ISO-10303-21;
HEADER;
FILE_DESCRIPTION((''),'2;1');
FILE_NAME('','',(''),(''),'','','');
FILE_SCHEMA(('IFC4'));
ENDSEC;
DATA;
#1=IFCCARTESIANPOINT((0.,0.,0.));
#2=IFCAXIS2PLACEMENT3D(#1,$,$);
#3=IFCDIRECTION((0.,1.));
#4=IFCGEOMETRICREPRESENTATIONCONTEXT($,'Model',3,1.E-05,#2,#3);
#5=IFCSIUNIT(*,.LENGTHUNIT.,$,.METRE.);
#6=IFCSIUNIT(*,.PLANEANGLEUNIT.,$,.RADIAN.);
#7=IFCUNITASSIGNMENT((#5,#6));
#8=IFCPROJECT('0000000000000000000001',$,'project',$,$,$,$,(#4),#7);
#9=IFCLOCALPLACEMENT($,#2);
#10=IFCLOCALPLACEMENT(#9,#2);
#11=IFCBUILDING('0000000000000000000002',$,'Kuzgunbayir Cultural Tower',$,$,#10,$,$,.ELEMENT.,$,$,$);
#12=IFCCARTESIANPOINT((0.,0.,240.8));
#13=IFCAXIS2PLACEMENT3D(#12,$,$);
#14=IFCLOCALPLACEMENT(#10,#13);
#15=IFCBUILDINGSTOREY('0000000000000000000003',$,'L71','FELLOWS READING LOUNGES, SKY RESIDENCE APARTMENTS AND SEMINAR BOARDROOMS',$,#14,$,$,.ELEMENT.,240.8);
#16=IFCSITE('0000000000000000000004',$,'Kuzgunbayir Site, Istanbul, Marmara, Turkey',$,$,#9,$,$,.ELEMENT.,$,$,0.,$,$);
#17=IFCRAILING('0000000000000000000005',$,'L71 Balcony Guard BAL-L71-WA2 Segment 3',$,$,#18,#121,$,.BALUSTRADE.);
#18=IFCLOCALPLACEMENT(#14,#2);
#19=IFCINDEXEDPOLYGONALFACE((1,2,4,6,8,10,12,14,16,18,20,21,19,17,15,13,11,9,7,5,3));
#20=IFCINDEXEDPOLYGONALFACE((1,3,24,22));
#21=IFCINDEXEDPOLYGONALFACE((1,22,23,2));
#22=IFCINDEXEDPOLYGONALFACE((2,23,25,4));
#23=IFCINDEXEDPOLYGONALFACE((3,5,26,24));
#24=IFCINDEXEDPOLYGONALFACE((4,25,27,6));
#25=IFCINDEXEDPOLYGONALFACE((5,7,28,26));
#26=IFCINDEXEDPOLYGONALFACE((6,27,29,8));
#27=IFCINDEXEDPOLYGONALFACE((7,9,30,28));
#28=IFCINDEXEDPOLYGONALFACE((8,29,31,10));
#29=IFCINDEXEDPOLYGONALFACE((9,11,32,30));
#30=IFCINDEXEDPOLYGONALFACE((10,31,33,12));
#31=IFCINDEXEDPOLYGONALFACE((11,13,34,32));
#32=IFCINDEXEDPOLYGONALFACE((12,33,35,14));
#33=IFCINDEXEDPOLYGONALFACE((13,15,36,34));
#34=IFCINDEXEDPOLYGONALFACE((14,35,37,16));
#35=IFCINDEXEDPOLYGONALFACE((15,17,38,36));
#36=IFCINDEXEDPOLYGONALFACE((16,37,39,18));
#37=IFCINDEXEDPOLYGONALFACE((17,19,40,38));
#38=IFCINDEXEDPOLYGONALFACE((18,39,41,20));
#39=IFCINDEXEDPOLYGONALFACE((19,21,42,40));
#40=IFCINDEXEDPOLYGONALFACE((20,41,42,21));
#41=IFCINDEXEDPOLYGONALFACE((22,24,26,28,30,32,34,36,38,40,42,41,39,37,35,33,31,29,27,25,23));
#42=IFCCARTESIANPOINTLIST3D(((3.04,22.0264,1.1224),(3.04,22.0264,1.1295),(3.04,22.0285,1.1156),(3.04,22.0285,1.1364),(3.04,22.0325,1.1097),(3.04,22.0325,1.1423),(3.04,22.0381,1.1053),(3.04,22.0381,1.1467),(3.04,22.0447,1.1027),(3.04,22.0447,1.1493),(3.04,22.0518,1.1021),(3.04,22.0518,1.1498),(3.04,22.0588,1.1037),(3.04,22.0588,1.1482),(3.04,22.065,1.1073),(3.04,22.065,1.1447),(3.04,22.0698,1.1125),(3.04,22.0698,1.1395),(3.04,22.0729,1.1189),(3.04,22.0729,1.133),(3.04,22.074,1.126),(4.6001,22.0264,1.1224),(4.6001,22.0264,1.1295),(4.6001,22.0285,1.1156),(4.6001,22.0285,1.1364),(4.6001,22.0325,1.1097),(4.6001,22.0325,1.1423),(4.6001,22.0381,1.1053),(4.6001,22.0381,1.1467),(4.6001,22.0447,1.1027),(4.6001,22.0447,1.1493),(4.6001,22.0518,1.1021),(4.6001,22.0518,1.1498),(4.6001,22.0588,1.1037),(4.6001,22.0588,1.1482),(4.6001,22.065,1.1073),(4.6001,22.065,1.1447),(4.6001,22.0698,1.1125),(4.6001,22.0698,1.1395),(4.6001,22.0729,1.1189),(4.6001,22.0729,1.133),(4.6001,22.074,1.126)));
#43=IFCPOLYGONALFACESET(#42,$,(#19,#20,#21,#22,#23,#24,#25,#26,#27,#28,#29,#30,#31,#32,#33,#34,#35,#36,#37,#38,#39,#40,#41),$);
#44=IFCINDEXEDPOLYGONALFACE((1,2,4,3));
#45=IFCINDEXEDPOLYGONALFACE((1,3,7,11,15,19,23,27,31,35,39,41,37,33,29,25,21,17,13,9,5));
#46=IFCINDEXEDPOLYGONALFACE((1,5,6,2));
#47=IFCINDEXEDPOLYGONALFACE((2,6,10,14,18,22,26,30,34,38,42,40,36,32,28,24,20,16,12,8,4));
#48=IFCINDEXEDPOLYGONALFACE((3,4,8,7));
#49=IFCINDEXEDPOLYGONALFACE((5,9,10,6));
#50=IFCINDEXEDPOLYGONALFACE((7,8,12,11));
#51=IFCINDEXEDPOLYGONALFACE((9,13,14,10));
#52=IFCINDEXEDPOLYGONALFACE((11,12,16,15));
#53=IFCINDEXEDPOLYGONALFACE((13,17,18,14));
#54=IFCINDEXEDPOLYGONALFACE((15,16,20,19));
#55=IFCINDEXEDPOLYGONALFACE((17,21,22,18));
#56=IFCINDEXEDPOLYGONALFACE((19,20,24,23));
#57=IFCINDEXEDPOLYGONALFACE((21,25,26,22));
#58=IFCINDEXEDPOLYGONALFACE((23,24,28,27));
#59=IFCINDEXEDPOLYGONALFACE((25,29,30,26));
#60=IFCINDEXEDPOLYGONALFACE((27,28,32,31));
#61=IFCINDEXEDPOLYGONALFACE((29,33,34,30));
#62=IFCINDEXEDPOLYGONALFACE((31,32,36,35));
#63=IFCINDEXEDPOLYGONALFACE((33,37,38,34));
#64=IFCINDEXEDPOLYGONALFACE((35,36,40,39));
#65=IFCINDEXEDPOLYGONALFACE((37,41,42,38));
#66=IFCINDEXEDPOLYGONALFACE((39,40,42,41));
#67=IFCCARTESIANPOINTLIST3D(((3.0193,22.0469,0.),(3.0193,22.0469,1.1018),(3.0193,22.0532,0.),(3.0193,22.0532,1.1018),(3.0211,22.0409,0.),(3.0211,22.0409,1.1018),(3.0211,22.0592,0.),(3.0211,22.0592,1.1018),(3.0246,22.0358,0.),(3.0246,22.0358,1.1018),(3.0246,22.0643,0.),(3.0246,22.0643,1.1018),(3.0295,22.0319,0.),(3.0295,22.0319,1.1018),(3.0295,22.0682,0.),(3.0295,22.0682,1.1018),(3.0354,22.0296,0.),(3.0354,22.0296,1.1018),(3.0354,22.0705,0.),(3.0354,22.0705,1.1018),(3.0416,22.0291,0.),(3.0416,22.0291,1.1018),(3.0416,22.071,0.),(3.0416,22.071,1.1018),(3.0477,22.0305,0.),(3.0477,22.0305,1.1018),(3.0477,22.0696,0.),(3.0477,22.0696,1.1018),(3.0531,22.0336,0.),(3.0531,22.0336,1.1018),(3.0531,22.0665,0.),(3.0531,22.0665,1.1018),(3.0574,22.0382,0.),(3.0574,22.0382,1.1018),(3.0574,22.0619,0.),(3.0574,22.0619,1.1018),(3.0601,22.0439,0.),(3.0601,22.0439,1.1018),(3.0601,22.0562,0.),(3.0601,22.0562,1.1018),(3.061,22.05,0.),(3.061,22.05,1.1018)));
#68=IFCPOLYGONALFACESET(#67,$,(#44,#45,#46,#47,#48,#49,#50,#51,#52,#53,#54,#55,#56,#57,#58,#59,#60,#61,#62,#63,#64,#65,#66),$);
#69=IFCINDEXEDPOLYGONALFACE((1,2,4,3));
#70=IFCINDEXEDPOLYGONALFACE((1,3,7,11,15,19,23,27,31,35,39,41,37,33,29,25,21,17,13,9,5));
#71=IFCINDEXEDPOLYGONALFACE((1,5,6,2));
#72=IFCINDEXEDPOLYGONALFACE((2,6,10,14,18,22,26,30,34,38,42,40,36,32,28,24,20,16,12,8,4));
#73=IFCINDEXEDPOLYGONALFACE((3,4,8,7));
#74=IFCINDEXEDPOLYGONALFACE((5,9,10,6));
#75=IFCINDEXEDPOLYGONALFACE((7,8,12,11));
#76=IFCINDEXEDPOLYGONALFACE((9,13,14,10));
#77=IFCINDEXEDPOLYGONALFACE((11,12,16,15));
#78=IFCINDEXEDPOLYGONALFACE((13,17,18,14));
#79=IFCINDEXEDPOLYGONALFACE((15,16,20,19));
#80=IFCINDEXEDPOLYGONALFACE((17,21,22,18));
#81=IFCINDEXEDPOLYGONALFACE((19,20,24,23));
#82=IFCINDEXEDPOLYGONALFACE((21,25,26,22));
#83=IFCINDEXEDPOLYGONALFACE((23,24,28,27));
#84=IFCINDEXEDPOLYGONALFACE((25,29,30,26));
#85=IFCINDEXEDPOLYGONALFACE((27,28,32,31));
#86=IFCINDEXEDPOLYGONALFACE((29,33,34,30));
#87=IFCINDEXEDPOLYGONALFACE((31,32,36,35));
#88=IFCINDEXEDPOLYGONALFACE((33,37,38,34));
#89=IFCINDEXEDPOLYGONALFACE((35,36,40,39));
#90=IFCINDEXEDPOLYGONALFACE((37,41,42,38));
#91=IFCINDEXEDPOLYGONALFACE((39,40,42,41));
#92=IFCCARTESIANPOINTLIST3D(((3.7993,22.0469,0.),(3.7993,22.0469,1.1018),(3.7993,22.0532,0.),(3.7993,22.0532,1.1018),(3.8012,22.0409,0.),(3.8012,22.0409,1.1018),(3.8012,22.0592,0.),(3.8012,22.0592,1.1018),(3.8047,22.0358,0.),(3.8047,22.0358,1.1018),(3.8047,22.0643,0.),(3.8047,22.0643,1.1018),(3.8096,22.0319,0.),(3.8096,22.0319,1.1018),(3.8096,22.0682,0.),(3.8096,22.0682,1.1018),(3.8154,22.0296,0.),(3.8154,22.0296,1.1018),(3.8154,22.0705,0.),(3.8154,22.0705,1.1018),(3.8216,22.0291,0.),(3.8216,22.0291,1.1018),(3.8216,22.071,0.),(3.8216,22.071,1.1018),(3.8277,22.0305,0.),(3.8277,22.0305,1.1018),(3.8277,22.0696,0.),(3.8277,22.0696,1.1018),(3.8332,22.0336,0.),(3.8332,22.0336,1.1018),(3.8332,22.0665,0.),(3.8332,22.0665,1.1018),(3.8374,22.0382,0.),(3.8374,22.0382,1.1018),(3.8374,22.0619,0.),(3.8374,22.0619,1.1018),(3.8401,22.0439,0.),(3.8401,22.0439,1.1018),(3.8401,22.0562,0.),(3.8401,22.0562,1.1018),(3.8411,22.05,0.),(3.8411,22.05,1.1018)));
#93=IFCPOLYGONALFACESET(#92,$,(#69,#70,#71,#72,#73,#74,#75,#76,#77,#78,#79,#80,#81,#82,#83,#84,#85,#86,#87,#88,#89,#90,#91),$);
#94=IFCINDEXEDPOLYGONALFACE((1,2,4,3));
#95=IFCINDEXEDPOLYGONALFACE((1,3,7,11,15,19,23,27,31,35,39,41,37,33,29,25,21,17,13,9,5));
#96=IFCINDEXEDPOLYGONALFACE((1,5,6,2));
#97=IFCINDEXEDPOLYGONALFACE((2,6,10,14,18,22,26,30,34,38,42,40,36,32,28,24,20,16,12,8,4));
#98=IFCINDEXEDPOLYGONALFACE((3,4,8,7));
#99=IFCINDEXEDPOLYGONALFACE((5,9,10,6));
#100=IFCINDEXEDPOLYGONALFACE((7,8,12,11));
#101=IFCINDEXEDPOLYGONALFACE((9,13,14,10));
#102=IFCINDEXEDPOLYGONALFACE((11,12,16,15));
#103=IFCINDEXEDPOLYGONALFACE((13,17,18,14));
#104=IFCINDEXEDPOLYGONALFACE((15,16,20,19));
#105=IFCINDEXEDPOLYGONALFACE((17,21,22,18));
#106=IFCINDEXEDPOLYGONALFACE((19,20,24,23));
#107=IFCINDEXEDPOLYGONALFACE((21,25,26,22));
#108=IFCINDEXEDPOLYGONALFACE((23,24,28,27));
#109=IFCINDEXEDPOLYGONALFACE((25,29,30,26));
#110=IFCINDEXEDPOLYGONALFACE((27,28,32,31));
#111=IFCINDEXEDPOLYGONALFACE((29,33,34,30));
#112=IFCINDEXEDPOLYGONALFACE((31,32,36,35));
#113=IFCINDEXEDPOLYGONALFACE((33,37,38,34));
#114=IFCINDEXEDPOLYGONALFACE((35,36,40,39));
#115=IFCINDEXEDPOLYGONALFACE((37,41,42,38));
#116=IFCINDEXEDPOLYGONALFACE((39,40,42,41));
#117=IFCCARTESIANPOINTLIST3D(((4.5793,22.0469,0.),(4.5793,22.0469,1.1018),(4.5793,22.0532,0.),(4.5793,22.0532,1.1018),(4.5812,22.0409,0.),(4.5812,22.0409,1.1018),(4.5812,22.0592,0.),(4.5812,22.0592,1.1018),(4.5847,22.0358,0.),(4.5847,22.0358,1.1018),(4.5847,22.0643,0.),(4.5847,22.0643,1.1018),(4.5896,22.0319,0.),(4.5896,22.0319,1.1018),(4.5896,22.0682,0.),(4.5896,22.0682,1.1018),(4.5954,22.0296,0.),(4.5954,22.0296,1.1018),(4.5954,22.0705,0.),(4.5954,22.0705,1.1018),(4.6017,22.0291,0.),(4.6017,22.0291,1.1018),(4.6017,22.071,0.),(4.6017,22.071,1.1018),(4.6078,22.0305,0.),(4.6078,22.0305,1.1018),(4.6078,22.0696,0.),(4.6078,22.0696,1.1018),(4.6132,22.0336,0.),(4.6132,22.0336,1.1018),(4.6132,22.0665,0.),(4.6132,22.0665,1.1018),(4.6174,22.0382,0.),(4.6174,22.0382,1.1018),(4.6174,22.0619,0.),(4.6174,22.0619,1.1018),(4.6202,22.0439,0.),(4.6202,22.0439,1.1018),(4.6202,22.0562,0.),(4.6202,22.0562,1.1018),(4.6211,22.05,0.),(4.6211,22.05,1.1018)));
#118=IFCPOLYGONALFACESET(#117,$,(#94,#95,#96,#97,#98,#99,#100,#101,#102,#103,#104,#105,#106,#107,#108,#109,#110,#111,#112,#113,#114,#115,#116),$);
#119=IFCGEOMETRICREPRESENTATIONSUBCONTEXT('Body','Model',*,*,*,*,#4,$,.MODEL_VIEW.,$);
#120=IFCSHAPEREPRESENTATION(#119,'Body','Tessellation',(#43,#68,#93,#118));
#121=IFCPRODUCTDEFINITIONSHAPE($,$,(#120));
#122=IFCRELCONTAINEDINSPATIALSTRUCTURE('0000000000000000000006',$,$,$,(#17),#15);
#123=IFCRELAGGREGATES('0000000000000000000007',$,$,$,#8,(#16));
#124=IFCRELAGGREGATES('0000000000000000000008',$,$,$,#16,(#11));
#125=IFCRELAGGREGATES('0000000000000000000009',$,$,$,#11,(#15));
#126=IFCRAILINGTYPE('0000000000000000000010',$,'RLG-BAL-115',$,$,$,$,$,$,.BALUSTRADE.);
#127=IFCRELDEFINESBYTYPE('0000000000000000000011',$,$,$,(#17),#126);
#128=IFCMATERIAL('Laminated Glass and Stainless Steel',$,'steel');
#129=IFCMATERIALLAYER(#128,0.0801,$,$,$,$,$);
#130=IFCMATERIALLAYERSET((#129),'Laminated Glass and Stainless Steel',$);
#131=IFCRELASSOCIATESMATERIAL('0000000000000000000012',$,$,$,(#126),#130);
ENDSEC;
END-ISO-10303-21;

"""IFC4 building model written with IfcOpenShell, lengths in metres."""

from ifc_helpers import new_model, si_unit, direction, frame, origin, origin_2d, place, context, subcontext, project, spatial, circle, extrude, material, layer, layer_set, type_object, element, save


model = new_model("IFC4")

# Units and contexts
model_context = context("Model", 3, precision=1e-05, world=origin(), true_north=direction((0.0, 1.0)))
body_context = subcontext(model_context, "Body", "Model", "MODEL_VIEW")
ifc_project = project(units=[si_unit("LENGTHUNIT", "METRE"), si_unit("PLANEANGLEUNIT", "RADIAN")], contexts=[model_context])

# Site, building, storey
site_placement = place(None, origin())
site = spatial("IfcSite", under=ifc_project, at=site_placement, Name="Kuzgunbayir Site, Istanbul, Marmara, Turkey", CompositionType="ELEMENT", RefElevation=0.0)
building_placement = place(site_placement, origin())
building = spatial("IfcBuilding", under=site, at=building_placement, Name="Kuzgunbayir Cultural Tower", CompositionType="ELEMENT")
storey_placement = place(building_placement, frame((0.0, 0.0, 240.8)))
storey = spatial("IfcBuildingStorey", under=building, at=storey_placement, Name="L71", Description="FELLOWS READING LOUNGES, SKY RESIDENCE APARTMENTS AND SEMINAR BOARDROOMS", CompositionType="ELEMENT", Elevation=240.8)

# Railing
ifc_material_1 = material(Name="Laminated Glass and Stainless Steel", Category="steel")
ifc_layer_1 = layer(ifc_material_1, 0.0801)
ifc_layer_set_1 = layer_set([ifc_layer_1], Name="Laminated Glass and Stainless Steel")
railing_type = type_object("IfcRailingType", Name="RLG-BAL-115", PredefinedType="BALUSTRADE", material=ifc_layer_set_1)
railing_1_placement = place(storey_placement, frame((3.04, 22.05, 0.0)))
element("IfcRailing", 1, at=railing_1_placement, inside=storey, type_object=railing_type, Name="L71 Balcony Guard BAL-L71-WA2 Segment 3", PredefinedType="BALUSTRADE", context=body_context, shape_type="SweptSolid", body=[
    extrude(circle(Radius=0.0239, at=origin_2d()), frame((0.0, 0.0, 1.126), z_axis=(1.0, 0.0, 0.0), x_axis=(0.0, 1.0, 0.0)), (0.0, 0.0, 1.0), 1.5601),
    extrude(circle(Radius=0.021, at=origin_2d()), origin(), (0.0, 0.0, 1.0), 1.1018),
    extrude(circle(Radius=0.021, at=origin_2d()), frame((0.78, 0.0, 0.0)), (0.0, 0.0, 1.0), 1.1018),
    extrude(circle(Radius=0.021, at=origin_2d()), frame((1.5601, 0.0, 0.0)), (0.0, 0.0, 1.0), 1.1018),
])

save(model, "model.ifc")
